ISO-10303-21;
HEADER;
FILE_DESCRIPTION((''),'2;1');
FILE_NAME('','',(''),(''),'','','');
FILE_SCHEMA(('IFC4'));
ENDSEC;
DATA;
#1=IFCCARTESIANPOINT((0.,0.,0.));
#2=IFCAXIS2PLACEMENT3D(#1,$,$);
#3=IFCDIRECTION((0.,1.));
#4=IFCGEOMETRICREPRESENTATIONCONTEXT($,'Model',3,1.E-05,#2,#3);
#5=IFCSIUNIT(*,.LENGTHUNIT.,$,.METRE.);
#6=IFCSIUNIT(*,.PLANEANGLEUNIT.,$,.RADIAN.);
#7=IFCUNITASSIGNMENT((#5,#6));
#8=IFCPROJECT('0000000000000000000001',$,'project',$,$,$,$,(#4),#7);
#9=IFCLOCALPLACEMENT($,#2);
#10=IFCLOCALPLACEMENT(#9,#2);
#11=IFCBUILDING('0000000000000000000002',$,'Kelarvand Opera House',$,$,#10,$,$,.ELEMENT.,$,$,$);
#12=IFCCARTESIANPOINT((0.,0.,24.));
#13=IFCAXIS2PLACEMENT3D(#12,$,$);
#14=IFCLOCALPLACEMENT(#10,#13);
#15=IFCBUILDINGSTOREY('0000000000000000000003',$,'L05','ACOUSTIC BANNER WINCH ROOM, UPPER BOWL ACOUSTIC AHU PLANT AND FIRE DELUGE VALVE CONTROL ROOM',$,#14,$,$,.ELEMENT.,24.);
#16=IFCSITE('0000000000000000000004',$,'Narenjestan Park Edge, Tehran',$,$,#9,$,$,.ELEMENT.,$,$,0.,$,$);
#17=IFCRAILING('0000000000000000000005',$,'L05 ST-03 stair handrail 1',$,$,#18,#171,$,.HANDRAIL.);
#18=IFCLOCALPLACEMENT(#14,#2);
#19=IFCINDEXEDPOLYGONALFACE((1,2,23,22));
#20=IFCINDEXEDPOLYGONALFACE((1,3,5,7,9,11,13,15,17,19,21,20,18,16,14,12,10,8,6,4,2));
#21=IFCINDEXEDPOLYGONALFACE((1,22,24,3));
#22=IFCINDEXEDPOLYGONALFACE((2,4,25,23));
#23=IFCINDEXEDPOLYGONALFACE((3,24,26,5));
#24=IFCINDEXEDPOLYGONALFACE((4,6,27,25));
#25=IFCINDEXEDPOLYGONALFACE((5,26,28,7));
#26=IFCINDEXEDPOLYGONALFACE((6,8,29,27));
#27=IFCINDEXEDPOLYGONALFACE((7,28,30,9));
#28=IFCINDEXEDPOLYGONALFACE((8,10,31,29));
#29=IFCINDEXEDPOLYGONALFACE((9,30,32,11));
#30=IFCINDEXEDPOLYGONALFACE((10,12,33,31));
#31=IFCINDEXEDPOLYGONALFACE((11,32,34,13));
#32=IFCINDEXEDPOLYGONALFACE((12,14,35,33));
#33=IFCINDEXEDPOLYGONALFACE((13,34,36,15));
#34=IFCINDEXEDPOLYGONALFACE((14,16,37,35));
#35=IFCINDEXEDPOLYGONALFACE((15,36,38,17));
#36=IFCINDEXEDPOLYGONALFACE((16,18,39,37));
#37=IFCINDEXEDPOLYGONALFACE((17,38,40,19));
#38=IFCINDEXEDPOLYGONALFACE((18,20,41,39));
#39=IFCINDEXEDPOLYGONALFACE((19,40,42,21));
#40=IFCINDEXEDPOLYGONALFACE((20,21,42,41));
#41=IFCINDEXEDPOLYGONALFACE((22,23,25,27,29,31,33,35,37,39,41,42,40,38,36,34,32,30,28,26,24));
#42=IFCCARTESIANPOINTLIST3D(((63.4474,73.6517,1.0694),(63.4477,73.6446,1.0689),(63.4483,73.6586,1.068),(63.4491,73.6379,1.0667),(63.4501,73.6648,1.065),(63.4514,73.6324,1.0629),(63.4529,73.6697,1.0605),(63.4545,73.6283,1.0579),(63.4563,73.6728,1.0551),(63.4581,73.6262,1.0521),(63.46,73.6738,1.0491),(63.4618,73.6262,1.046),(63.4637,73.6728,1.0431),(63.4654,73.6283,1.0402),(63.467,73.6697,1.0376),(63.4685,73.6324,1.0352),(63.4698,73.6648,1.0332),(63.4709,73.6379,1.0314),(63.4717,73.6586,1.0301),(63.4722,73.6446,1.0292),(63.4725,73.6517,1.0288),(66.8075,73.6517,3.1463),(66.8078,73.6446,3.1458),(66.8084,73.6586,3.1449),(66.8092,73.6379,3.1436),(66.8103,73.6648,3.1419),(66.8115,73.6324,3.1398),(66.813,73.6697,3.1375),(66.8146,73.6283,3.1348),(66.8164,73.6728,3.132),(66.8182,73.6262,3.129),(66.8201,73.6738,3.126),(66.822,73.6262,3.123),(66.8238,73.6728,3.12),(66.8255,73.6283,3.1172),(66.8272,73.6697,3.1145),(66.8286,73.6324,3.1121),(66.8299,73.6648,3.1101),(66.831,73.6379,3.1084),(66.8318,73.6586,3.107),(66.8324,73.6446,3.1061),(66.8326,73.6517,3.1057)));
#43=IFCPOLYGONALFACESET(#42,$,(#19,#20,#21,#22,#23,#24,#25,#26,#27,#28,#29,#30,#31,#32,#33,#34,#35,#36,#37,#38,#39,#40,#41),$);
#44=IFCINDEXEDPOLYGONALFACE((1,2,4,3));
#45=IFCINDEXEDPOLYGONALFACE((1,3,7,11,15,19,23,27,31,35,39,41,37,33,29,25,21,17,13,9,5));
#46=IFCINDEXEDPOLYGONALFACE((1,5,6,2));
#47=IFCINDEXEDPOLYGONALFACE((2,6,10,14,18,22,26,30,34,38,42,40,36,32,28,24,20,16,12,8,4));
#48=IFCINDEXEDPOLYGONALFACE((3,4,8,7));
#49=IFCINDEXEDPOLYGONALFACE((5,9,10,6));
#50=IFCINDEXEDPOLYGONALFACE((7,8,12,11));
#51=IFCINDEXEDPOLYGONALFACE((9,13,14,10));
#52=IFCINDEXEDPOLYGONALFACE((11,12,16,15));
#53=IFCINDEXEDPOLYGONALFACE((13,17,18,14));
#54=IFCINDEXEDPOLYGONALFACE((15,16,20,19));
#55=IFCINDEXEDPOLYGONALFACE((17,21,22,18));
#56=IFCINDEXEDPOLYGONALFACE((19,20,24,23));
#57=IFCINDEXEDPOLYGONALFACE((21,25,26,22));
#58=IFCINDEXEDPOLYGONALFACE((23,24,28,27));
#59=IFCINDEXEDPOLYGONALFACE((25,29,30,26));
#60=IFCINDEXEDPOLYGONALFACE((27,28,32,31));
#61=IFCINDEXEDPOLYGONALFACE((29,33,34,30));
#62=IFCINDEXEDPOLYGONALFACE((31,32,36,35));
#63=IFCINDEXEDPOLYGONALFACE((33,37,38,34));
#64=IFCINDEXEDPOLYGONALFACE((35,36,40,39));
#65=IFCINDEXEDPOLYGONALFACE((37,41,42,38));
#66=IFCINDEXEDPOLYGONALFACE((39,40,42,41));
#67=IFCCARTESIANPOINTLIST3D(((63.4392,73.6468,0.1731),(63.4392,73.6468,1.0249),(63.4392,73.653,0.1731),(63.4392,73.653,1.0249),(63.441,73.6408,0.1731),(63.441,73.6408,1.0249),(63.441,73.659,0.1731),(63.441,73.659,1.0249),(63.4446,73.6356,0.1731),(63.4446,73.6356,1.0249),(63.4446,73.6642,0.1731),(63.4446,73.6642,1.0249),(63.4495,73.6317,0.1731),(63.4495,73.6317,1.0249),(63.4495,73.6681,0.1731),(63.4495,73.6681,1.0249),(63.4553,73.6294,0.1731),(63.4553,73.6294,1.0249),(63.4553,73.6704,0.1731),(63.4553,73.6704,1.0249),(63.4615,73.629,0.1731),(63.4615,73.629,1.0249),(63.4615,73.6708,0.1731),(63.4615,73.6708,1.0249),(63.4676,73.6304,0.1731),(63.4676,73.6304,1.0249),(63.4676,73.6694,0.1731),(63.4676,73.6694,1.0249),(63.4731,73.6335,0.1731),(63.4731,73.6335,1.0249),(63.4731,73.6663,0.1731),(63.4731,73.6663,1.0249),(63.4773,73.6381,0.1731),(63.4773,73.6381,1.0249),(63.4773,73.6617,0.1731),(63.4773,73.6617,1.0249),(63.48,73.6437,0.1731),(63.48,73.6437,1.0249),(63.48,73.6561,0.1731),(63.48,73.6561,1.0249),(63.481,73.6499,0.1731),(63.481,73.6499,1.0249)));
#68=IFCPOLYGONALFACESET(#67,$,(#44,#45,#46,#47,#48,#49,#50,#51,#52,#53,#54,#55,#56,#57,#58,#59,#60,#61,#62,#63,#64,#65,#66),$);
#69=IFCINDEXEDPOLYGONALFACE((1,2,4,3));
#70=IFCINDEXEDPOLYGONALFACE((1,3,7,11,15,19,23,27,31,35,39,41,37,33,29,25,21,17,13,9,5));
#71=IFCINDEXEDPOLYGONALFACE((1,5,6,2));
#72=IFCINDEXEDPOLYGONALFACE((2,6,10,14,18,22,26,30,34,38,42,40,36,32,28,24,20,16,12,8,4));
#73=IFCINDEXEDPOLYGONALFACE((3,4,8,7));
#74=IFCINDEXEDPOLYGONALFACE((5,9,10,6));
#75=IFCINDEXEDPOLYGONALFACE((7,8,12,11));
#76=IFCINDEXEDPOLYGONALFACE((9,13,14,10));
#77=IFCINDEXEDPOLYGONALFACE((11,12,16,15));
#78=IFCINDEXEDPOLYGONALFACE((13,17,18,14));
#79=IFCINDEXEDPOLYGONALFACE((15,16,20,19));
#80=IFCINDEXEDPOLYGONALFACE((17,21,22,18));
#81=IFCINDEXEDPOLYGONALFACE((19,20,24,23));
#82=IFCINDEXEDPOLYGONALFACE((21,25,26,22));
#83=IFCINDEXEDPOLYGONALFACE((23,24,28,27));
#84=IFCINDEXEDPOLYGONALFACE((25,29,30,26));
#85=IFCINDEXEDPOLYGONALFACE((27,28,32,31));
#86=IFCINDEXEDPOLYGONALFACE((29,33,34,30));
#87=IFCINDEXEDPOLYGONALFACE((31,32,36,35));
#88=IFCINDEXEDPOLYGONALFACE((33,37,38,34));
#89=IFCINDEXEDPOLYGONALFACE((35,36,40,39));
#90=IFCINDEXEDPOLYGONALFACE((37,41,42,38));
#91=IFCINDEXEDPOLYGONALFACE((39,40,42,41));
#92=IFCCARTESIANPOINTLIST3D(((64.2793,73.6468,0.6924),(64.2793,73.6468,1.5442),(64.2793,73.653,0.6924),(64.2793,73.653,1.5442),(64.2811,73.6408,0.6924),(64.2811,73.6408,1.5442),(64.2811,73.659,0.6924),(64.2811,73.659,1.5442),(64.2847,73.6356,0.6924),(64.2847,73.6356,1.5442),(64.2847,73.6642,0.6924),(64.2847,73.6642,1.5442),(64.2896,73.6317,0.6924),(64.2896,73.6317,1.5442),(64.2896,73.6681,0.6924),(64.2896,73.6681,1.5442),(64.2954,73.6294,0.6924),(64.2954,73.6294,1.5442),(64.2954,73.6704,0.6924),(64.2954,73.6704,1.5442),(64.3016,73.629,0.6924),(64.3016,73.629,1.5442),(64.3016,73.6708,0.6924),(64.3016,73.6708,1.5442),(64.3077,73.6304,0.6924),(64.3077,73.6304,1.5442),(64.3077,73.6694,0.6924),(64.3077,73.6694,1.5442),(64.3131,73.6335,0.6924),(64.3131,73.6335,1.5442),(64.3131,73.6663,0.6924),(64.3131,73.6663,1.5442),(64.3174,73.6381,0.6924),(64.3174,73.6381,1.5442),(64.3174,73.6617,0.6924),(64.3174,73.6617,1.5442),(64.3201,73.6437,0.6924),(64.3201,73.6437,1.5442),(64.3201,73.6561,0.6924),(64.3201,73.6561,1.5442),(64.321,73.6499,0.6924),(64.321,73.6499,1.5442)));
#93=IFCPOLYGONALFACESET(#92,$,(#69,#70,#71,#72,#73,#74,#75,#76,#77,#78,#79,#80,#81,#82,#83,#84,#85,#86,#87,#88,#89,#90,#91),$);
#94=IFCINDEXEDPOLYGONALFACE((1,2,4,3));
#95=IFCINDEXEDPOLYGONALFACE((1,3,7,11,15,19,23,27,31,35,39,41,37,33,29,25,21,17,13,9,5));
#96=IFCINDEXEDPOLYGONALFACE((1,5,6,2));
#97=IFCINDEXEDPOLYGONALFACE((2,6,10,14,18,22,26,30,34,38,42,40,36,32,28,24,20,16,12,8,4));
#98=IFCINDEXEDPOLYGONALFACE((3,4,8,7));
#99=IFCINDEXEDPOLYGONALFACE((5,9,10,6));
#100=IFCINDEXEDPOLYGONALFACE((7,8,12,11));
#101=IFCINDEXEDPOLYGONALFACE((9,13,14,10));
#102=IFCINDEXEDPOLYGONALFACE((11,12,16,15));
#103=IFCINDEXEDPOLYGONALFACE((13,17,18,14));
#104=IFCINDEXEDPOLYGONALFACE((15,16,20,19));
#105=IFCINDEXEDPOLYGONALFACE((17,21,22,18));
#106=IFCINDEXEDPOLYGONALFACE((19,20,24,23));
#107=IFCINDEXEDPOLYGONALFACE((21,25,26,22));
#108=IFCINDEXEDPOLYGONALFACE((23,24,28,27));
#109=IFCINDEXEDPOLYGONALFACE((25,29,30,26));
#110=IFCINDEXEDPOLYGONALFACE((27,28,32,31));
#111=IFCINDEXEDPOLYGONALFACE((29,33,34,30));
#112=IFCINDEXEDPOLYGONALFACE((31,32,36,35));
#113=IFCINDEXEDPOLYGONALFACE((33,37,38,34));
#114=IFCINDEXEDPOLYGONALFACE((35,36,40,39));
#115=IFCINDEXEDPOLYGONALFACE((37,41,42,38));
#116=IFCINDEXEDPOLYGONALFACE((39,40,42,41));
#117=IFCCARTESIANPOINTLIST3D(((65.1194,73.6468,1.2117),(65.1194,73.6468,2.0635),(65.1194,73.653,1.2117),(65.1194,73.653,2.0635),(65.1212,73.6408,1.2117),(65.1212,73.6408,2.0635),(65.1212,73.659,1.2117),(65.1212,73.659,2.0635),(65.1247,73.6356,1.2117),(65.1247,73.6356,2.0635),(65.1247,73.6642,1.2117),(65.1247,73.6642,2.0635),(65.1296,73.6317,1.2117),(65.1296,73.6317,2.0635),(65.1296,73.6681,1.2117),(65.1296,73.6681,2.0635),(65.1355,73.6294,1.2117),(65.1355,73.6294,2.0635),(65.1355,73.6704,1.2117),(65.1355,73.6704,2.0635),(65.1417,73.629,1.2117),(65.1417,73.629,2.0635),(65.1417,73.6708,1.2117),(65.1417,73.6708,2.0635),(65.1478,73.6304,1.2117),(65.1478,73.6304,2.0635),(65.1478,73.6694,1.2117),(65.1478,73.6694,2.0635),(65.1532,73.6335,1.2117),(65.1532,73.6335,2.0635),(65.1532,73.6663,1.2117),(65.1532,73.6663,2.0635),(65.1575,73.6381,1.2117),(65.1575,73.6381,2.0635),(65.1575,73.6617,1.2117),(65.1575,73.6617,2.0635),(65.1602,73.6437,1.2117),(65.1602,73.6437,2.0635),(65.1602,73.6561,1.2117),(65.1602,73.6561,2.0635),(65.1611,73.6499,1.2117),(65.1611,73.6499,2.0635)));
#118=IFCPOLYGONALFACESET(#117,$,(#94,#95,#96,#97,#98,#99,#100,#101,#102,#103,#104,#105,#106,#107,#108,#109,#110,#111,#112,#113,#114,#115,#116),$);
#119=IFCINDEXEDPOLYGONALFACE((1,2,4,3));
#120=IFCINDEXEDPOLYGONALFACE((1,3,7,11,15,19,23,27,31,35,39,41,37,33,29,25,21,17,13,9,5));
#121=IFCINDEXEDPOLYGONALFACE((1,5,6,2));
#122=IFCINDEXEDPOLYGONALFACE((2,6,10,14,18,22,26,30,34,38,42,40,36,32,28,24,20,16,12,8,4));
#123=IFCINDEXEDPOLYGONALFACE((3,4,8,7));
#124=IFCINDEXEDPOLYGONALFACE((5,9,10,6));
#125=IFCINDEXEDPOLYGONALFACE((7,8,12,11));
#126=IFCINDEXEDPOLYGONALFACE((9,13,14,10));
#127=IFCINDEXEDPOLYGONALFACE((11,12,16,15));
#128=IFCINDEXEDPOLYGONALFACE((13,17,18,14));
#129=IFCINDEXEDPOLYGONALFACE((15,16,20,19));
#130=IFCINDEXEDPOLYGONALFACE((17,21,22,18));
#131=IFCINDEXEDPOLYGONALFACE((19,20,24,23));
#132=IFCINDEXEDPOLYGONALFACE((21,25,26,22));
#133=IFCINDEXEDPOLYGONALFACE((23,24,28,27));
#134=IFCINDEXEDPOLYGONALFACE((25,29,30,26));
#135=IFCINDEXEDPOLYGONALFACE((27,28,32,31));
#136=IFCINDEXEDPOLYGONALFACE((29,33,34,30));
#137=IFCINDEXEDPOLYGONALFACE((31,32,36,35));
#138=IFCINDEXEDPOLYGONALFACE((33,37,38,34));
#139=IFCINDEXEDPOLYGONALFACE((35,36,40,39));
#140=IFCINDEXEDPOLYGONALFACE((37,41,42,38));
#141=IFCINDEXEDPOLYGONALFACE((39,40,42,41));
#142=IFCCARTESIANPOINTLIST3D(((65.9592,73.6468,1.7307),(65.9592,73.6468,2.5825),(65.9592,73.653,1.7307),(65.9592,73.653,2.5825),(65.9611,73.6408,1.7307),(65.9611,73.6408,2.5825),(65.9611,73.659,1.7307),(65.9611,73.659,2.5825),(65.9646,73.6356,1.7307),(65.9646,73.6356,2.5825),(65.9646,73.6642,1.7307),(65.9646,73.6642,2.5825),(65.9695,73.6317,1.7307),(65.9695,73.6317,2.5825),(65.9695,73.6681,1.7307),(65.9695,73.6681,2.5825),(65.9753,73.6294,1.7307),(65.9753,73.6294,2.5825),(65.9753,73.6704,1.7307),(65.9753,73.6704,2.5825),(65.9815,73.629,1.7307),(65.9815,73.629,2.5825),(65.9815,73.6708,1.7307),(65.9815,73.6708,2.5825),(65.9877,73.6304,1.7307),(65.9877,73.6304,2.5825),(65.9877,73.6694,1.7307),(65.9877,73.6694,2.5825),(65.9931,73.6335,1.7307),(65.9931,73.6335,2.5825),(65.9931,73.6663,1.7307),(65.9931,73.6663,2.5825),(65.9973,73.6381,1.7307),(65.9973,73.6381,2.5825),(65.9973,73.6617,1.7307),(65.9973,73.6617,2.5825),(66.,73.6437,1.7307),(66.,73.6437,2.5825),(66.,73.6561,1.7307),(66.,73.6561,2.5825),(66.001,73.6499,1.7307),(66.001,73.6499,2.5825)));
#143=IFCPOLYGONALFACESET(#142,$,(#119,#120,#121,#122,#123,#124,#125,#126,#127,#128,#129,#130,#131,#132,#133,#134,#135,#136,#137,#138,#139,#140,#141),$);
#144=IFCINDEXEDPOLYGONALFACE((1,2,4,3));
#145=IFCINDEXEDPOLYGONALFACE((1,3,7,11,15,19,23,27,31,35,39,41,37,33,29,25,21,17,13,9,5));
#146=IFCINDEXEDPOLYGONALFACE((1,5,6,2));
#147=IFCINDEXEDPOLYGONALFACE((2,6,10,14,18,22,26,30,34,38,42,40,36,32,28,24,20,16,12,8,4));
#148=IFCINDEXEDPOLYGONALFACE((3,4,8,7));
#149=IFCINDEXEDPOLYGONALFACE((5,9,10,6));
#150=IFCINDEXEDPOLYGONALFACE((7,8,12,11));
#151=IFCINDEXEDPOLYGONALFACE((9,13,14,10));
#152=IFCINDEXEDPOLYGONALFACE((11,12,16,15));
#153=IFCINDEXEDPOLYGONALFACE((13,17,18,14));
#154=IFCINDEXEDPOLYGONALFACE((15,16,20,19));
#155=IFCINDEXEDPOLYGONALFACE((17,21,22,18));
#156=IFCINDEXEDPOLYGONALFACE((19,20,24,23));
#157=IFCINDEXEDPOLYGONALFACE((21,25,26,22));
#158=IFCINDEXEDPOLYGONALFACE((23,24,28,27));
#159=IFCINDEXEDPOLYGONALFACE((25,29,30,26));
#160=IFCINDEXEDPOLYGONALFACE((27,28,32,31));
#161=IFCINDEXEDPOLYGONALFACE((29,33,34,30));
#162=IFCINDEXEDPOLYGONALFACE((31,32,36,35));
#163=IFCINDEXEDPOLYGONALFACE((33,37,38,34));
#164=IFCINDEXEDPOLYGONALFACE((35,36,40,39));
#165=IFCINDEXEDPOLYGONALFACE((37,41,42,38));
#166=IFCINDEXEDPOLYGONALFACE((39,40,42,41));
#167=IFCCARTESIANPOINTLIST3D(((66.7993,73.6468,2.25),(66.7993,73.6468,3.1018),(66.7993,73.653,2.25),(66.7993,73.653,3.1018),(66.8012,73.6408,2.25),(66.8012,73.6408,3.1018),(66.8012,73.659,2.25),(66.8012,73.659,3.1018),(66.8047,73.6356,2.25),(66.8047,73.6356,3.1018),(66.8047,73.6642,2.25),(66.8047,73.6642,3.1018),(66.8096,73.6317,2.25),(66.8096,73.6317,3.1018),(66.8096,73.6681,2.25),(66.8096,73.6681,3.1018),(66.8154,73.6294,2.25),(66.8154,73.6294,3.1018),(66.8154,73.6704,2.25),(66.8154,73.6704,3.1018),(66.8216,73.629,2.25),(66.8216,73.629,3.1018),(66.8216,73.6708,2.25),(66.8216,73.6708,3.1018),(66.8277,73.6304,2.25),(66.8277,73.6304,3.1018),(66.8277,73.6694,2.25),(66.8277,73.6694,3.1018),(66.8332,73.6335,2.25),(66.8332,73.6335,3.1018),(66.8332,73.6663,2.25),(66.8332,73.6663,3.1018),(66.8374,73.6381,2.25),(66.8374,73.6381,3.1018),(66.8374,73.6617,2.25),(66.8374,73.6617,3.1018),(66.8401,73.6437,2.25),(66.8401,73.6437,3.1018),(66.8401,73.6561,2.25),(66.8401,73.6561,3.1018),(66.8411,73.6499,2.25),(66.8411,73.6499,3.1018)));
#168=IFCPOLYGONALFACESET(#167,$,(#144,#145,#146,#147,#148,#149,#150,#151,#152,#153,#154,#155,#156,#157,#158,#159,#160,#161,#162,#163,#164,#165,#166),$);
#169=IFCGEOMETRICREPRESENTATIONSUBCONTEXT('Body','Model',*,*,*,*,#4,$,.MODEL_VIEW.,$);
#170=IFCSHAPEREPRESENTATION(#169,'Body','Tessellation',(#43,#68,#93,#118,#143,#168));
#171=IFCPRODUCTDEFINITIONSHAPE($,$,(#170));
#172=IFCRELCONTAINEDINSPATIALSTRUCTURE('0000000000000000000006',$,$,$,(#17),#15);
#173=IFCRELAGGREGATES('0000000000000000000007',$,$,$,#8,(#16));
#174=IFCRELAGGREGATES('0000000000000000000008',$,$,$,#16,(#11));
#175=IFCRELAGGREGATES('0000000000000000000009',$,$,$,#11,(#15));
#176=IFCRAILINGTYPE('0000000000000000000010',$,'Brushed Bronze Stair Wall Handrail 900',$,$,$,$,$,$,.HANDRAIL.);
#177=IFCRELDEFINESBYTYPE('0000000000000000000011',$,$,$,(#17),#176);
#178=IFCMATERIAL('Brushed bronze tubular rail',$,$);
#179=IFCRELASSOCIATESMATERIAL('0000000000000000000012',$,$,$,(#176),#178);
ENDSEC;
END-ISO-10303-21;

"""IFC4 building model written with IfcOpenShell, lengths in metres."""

from ifc_helpers import new_model, si_unit, direction, frame, origin, origin_2d, place, context, subcontext, project, spatial, circle, extrude, material, type_object, element, save


model = new_model("IFC4")

# Units and contexts
model_context = context("Model", 3, precision=1e-05, world=origin(), true_north=direction((0.0, 1.0)))
body_context = subcontext(model_context, "Body", "Model", "MODEL_VIEW")
ifc_project = project(units=[si_unit("LENGTHUNIT", "METRE"), si_unit("PLANEANGLEUNIT", "RADIAN")], contexts=[model_context])

# Site, building, storey
site_placement = place(None, origin())
site = spatial("IfcSite", under=ifc_project, at=site_placement, Name="Narenjestan Park Edge, Tehran", CompositionType="ELEMENT", RefElevation=0.0)
building_placement = place(site_placement, origin())
building = spatial("IfcBuilding", under=site, at=building_placement, Name="Kelarvand Opera House", CompositionType="ELEMENT")
storey_placement = place(building_placement, frame((0.0, 0.0, 24.0)))
storey = spatial("IfcBuildingStorey", under=building, at=storey_placement, Name="L05", Description="ACOUSTIC BANNER WINCH ROOM, UPPER BOWL ACOUSTIC AHU PLANT AND FIRE DELUGE VALVE CONTROL ROOM", CompositionType="ELEMENT", Elevation=24.0)

# Railing
ifc_material_1 = material(Name="Brushed bronze tubular rail")
railing_type_1 = type_object("IfcRailingType", Name="Brushed Bronze Stair Wall Handrail 900", PredefinedType="HANDRAIL", material=ifc_material_1)
railing_1_placement = place(storey_placement, frame((63.46, 73.6499, 0.1731)))
element("IfcRailing", 1, at=railing_1_placement, inside=storey, type_object=railing_type_1, Name="L05 ST-03 stair handrail 1", PredefinedType="HANDRAIL", context=body_context, shape_type="SweptSolid", body=[
    extrude(circle(Radius=0.0239, at=origin_2d()), frame((0.0, 0.0, 0.876), z_axis=(0.850623, 0.0, 0.525776), x_axis=(0.0, 1.0, 0.0)), (0.0, 0.0, 1.0), 3.9502),
    extrude(circle(Radius=0.021, at=origin_2d()), origin(), (0.0, 0.0, 1.0), 0.8518),
    extrude(circle(Radius=0.021, at=origin_2d()), frame((0.8401, 0.0, 0.5193)), (0.0, 0.0, 1.0), 0.8518),
    extrude(circle(Radius=0.021, at=origin_2d()), frame((1.6802, 0.0, 1.0386)), (0.0, 0.0, 1.0), 0.8518),
    extrude(circle(Radius=0.021, at=origin_2d()), frame((2.52, 0.0, 1.5576)), (0.0, 0.0, 1.0), 0.8518),
    extrude(circle(Radius=0.021, at=origin_2d()), frame((3.3601, 0.0, 2.0769)), (0.0, 0.0, 1.0), 0.8518),
])

save(model, "model.ifc")
